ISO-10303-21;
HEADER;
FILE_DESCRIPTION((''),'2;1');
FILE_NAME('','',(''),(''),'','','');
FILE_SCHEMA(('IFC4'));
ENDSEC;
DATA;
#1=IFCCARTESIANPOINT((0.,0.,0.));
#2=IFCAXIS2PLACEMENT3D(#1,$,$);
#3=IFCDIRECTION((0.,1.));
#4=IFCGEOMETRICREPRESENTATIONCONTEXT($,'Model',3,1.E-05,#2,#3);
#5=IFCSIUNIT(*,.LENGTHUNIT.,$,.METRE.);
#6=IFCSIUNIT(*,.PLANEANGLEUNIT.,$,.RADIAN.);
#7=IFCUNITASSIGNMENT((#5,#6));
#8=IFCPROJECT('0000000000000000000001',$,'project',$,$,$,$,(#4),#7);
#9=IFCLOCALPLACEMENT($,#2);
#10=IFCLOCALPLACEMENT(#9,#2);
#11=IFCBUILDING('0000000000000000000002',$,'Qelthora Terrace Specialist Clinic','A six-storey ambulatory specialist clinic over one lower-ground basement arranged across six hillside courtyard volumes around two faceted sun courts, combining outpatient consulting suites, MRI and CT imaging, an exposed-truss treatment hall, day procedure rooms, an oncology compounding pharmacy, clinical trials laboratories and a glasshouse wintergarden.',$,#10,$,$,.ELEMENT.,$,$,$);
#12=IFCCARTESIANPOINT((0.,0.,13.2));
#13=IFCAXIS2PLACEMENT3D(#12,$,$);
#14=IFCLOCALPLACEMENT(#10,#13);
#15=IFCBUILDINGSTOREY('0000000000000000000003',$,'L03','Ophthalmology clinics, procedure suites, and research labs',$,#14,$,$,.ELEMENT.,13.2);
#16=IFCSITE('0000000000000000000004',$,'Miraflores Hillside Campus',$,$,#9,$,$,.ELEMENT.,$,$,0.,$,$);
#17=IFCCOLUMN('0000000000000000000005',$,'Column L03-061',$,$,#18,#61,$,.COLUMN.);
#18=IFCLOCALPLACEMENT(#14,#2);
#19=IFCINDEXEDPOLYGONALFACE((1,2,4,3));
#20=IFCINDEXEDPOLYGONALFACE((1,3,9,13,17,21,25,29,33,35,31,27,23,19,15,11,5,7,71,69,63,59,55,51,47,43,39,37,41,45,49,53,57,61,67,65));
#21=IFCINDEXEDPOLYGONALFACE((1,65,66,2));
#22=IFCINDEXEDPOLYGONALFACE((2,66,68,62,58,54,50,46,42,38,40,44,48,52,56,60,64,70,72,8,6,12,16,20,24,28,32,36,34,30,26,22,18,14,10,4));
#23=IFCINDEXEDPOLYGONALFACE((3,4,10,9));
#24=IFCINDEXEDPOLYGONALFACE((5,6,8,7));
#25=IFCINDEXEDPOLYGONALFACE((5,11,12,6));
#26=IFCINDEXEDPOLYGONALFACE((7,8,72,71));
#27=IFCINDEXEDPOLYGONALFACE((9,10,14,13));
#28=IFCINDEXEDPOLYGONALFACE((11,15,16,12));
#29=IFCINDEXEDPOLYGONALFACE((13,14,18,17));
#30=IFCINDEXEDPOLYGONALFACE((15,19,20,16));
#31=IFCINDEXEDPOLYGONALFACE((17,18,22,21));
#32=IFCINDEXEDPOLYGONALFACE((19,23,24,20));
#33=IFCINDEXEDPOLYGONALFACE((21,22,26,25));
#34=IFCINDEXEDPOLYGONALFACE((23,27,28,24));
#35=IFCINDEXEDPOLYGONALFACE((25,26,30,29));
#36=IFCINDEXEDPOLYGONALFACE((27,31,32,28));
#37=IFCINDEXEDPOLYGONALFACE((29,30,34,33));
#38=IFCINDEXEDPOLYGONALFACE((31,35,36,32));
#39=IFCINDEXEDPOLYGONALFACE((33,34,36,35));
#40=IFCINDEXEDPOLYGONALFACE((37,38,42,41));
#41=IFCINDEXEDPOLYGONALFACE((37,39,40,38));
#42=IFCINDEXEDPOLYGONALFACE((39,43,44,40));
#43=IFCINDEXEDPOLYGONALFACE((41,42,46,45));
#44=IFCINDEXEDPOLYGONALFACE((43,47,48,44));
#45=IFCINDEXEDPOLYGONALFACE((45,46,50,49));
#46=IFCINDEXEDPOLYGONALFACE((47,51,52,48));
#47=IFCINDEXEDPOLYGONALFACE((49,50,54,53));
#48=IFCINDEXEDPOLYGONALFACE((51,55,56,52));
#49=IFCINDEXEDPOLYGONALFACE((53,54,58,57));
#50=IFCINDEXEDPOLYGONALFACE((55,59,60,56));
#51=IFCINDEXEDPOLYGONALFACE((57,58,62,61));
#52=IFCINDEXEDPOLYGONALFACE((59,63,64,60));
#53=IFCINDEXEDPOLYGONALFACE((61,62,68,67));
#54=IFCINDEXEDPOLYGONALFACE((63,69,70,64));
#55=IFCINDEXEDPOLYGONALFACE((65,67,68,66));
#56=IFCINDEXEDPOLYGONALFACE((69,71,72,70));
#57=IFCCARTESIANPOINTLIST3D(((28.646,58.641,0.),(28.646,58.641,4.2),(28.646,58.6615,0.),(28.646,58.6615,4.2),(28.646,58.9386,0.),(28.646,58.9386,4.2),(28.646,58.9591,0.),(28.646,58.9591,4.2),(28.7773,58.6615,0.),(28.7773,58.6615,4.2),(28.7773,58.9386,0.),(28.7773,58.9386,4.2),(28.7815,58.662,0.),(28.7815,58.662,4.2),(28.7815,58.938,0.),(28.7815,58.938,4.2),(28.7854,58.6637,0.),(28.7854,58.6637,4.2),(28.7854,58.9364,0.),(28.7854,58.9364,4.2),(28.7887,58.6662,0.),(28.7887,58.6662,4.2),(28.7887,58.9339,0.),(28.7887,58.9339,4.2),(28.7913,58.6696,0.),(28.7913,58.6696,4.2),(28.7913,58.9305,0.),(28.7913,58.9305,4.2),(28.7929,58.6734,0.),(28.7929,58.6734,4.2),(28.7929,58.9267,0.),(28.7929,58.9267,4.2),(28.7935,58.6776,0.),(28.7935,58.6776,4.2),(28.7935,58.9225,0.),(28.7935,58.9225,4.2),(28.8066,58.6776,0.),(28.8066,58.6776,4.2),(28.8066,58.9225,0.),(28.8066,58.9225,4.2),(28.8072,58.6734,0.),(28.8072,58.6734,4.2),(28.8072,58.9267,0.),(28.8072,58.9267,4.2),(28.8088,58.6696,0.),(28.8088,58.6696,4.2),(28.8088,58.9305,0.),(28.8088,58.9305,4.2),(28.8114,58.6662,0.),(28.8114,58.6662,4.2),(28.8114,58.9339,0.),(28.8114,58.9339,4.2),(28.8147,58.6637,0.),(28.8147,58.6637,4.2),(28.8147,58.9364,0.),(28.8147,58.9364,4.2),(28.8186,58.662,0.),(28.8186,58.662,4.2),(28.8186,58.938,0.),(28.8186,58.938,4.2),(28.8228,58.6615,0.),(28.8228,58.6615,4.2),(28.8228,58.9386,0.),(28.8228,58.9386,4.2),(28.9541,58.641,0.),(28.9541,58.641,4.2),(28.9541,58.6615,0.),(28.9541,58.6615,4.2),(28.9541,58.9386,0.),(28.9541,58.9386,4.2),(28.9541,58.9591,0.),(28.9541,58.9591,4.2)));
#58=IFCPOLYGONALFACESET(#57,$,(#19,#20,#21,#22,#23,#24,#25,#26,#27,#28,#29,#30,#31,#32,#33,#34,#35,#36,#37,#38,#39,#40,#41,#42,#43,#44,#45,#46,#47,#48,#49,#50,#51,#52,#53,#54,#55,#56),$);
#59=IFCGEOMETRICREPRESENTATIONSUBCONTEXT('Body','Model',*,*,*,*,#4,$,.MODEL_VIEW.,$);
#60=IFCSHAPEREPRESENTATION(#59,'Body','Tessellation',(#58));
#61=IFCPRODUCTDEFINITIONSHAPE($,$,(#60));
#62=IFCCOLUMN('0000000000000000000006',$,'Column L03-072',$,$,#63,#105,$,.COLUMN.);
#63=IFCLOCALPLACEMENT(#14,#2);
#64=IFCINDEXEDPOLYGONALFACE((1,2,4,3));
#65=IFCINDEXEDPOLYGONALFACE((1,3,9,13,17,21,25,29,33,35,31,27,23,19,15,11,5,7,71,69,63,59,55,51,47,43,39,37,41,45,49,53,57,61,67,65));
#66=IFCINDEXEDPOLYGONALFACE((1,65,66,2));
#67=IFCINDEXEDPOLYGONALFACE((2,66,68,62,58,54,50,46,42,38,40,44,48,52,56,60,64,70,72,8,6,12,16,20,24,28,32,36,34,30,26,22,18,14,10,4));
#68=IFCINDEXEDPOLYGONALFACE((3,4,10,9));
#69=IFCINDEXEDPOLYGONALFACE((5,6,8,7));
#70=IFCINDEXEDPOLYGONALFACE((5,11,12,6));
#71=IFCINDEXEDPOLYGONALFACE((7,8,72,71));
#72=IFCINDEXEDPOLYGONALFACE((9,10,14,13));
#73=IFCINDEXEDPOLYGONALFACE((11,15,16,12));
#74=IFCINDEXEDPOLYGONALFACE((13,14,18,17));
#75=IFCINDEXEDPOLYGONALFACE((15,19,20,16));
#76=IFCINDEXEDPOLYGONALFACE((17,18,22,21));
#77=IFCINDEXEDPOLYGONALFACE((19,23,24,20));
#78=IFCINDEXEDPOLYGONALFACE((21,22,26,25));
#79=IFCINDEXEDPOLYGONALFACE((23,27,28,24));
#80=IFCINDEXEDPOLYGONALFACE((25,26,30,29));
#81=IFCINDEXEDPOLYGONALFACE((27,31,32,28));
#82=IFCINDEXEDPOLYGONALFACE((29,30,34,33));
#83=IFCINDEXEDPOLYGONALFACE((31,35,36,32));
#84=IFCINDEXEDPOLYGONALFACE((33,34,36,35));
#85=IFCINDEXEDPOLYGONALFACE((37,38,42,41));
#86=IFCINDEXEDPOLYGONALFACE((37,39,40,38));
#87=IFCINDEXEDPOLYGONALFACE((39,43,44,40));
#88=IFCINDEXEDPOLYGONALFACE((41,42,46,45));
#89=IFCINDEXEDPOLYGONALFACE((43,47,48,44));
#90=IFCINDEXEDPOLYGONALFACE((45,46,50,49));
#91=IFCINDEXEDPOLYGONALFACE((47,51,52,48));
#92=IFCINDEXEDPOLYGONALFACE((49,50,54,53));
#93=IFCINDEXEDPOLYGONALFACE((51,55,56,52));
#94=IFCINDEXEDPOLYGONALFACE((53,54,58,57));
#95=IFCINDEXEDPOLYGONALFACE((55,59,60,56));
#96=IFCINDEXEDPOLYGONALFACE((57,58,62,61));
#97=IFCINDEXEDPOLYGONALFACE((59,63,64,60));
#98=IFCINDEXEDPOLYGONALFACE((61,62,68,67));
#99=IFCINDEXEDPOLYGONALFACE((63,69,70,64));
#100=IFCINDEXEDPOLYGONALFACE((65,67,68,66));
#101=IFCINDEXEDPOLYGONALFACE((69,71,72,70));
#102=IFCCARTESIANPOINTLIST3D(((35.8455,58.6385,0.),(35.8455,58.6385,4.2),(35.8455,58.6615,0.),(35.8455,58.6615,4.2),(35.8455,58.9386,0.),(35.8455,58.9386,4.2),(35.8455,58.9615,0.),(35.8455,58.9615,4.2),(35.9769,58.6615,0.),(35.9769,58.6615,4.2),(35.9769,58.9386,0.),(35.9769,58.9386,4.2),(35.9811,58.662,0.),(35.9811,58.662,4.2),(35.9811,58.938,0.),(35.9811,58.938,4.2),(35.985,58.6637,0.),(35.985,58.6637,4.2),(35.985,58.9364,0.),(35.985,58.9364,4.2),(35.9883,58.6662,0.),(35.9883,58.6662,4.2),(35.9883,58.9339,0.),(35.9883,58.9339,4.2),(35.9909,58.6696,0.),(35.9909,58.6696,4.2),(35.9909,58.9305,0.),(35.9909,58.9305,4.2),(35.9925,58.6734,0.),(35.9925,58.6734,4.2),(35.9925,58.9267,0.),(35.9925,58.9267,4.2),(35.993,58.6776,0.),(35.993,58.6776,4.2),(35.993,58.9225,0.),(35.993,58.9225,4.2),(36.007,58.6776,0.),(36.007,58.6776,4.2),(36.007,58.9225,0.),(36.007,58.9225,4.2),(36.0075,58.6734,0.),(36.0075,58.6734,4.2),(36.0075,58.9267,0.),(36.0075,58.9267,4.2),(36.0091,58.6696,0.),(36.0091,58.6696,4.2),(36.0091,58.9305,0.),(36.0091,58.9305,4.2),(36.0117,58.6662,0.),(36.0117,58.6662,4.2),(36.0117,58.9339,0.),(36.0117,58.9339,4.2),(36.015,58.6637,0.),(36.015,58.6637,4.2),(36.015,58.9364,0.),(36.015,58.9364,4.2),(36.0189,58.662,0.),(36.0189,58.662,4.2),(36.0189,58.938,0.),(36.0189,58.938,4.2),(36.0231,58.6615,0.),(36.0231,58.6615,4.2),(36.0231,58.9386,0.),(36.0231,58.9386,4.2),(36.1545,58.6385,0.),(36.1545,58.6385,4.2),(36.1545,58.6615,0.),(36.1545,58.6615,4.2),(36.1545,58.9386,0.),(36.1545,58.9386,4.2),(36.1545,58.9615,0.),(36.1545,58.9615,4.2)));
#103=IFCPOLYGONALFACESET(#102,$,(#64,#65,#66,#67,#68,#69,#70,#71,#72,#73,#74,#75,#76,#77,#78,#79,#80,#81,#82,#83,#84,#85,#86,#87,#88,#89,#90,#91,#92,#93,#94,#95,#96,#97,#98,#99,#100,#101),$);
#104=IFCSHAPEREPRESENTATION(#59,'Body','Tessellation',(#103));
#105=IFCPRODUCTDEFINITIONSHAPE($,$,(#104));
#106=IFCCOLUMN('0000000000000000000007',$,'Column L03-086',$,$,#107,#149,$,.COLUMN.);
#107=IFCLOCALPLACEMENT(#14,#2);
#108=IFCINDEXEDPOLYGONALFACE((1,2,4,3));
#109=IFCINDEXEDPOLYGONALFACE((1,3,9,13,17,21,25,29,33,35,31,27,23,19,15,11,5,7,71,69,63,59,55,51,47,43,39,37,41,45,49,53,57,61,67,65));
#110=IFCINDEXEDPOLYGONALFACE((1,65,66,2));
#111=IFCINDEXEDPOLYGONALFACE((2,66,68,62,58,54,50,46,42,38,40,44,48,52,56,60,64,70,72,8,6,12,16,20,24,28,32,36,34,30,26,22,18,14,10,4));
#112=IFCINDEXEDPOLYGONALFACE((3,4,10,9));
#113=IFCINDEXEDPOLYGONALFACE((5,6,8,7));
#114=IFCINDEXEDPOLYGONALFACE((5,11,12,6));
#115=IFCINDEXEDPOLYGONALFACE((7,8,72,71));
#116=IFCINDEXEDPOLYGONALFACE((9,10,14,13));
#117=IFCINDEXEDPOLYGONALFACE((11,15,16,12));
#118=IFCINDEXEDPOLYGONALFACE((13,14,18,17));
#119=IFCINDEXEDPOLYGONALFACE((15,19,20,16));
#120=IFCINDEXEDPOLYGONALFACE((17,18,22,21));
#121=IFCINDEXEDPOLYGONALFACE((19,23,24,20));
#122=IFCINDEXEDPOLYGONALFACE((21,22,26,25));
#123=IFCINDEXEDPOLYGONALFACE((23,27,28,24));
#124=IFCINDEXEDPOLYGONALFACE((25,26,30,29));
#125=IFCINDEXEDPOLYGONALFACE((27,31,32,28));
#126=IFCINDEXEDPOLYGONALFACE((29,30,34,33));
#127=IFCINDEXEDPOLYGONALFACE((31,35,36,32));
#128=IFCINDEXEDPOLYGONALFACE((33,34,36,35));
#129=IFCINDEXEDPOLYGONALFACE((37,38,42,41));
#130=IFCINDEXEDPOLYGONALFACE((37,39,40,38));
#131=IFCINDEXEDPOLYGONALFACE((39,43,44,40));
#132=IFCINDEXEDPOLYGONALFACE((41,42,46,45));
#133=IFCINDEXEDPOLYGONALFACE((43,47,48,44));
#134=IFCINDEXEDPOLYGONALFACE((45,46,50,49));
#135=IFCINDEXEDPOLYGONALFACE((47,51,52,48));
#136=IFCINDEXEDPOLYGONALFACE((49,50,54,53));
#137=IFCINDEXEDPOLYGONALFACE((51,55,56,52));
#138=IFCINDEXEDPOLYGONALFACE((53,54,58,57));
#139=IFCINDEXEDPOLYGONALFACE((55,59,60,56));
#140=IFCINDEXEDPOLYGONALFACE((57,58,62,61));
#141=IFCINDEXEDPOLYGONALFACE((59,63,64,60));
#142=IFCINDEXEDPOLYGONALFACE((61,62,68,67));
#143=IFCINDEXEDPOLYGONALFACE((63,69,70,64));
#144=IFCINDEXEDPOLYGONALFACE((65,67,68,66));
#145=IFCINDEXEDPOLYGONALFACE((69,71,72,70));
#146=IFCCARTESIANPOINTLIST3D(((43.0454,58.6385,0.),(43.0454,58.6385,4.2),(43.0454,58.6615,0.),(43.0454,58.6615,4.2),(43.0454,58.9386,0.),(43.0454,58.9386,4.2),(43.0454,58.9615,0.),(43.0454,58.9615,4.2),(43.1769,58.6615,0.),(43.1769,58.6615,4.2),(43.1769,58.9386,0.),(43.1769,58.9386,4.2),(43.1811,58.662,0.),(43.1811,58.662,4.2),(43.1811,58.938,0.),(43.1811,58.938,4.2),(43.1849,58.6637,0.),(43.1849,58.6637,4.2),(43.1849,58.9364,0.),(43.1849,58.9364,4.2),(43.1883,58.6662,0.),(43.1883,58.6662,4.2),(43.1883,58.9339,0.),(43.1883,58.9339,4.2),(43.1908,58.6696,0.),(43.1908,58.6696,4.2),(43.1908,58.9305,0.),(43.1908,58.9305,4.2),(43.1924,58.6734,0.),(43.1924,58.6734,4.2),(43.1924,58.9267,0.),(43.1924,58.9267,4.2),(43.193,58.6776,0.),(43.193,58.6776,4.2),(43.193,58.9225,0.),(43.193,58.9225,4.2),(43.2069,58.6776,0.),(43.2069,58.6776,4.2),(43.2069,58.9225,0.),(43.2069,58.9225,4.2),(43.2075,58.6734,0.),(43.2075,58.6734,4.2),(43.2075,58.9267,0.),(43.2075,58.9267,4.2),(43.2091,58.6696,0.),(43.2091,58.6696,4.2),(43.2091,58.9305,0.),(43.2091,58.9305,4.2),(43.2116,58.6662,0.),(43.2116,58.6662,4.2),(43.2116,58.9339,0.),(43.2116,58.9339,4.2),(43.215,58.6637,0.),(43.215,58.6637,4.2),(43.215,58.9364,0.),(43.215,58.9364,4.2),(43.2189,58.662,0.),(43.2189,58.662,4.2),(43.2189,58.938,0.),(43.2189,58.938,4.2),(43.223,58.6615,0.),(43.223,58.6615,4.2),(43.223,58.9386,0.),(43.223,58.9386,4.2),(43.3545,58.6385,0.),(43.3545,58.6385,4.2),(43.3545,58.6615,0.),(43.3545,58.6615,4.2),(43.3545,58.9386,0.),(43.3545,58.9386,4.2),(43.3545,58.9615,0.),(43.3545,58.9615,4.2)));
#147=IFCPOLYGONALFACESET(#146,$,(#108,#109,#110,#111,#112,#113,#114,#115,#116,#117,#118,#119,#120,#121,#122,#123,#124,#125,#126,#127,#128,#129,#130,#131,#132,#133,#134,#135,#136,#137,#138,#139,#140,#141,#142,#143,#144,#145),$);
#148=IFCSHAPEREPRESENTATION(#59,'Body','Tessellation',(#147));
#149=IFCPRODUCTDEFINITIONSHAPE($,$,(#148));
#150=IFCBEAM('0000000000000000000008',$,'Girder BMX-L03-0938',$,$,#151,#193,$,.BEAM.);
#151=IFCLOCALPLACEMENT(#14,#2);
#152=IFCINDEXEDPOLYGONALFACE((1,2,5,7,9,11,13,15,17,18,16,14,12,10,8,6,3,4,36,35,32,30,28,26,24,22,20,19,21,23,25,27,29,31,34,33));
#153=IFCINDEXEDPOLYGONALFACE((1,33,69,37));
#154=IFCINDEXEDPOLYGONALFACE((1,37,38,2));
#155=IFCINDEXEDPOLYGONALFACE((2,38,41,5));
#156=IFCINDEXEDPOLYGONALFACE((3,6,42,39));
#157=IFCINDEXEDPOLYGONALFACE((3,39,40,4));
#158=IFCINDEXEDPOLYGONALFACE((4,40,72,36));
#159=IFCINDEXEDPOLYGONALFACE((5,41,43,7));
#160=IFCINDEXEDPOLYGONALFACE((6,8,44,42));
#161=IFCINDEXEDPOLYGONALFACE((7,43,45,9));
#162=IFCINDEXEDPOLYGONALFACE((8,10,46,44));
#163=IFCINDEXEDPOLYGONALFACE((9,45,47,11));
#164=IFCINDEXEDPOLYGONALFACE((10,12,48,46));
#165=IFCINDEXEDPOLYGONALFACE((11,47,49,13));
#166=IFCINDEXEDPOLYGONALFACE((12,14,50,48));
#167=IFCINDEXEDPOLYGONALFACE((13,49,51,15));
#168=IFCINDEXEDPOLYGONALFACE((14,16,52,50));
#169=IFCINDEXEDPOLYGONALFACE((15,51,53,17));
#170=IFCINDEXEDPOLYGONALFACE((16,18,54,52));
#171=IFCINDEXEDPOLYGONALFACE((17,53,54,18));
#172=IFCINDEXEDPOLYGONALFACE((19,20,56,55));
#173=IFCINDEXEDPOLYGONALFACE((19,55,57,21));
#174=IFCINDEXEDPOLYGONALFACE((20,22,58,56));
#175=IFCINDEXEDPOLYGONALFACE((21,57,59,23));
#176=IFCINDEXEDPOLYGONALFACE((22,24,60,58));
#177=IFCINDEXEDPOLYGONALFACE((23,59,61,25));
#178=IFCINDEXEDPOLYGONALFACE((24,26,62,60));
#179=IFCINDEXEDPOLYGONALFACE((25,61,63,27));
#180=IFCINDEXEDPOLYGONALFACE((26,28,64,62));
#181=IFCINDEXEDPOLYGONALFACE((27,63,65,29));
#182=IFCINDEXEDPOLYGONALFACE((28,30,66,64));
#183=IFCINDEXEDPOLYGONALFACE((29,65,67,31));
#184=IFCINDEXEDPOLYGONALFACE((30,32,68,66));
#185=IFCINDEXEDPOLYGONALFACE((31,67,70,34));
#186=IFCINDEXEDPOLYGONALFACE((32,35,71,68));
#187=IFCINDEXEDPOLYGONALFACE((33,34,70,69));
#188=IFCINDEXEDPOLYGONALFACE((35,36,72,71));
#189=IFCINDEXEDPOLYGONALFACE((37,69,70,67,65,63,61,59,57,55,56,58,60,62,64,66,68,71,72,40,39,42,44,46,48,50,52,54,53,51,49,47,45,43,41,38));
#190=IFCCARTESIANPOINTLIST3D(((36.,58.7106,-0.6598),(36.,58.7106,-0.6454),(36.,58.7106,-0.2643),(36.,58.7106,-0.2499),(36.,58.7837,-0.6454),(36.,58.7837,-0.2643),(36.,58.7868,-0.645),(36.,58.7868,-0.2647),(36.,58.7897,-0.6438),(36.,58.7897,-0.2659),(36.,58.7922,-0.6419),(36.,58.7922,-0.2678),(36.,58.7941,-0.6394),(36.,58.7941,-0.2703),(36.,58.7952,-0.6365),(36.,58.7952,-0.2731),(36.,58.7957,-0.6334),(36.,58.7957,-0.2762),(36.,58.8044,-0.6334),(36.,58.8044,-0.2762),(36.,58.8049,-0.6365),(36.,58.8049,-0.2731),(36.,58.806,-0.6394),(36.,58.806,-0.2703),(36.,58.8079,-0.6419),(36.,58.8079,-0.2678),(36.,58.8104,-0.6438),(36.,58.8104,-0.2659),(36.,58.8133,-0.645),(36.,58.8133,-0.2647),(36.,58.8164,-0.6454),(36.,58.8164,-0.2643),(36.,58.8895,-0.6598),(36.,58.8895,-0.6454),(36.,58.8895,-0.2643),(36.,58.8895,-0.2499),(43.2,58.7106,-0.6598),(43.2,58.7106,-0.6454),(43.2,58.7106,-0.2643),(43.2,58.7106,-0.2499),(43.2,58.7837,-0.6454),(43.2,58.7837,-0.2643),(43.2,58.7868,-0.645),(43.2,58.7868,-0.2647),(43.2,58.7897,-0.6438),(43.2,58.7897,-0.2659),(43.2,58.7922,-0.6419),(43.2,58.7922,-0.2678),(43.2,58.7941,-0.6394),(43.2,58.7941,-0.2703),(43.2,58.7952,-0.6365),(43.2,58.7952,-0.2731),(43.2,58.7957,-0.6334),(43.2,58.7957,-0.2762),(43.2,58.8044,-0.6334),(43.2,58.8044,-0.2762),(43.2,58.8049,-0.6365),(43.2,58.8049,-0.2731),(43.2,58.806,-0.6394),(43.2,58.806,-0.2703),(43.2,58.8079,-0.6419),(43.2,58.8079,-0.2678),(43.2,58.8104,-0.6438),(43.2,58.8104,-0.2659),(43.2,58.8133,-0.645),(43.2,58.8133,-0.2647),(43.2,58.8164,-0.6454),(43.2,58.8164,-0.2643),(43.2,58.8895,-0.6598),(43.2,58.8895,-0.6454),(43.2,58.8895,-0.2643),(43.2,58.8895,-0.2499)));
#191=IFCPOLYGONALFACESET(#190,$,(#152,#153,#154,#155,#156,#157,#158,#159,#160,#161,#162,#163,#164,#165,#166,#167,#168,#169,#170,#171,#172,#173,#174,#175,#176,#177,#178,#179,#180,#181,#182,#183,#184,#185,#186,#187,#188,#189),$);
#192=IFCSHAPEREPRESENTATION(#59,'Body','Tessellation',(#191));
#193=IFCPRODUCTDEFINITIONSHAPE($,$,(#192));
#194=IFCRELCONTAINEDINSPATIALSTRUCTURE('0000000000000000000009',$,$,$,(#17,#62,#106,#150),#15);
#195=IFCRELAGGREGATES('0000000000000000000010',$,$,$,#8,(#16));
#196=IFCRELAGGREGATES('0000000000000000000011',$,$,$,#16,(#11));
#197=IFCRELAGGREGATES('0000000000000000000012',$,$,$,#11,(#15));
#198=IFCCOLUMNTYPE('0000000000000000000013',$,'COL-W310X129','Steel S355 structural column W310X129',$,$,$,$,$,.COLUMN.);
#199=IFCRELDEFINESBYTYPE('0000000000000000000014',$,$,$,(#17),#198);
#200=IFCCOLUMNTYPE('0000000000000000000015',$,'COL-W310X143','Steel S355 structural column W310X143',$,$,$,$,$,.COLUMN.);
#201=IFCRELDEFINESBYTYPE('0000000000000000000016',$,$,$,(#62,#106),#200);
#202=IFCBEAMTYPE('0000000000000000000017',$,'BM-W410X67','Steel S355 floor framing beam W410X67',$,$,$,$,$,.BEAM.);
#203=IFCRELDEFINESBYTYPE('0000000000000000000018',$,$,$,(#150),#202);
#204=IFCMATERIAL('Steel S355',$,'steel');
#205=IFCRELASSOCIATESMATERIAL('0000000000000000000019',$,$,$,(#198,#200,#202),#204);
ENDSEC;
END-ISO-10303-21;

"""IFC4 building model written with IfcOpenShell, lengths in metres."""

from ifc_helpers import new_model, si_unit, direction, frame, origin, origin_2d, place, context, subcontext, project, spatial, i_section, extrude, material, material_profile, profile_set, type_object, element, save


model = new_model("IFC4")

# Units and contexts
model_context = context("Model", 3, precision=1e-05, world=origin(), true_north=direction((0.0, 1.0)))
body_context = subcontext(model_context, "Body", "Model", "MODEL_VIEW")
ifc_project = project(units=[si_unit("LENGTHUNIT", "METRE"), si_unit("PLANEANGLEUNIT", "RADIAN")], contexts=[model_context])

# Site, building, storey
site_placement = place(None, origin())
site = spatial("IfcSite", under=ifc_project, at=site_placement, Name="Miraflores Hillside Campus", CompositionType="ELEMENT", RefElevation=0.0)
building_placement = place(site_placement, origin())
building = spatial("IfcBuilding", under=site, at=building_placement, Name="Qelthora Terrace Specialist Clinic", Description="A six-storey ambulatory specialist clinic over one lower-ground basement arranged across six hillside courtyard volumes around two faceted sun courts, combining outpatient consulting suites, MRI and CT imaging, an exposed-truss treatment hall, day procedure rooms, an oncology compounding pharmacy, clinical trials laboratories and a glasshouse wintergarden.", CompositionType="ELEMENT")
storey_placement = place(building_placement, frame((0.0, 0.0, 13.2)))
storey = spatial("IfcBuildingStorey", under=building, at=storey_placement, Name="L03", Description="Ophthalmology clinics, procedure suites, and research labs", CompositionType="ELEMENT", Elevation=13.2)

# Columns
ifc_material_1 = material(Name="Steel S355", Category="steel")
ifc_material_profile_1 = material_profile(ifc_material_1, i_section(OverallWidth=0.3081, OverallDepth=0.3181, WebThickness=0.0132, FlangeThickness=0.0205, FilletRadius=0.0161, at=origin_2d()), Name="W310X129")
ifc_profile_set_1 = profile_set([ifc_material_profile_1], Name="Steel S355")
column_type_1 = type_object("IfcColumnType", Name="COL-W310X129", Description="Steel S355 structural column W310X129", PredefinedType="COLUMN", material=ifc_profile_set_1)
column_placement = place(storey_placement, frame((28.8, 58.8, 0.0), z_axis=(0.0, 0.0, 1.0), x_axis=(1.0, 0.0, 0.0)))
element("IfcColumn", 1, at=column_placement, inside=storey, type_object=column_type_1, Name="Column L03-061", PredefinedType="COLUMN", context=body_context, shape_type="SweptSolid", body=[
    extrude(i_section(OverallWidth=0.3081, OverallDepth=0.3181, WebThickness=0.0132, FlangeThickness=0.0205, FilletRadius=0.0161, at=origin_2d()), origin(), (0.0, 0.0, 1.0), 4.2),
])
ifc_material_profile_2 = material_profile(ifc_material_1, i_section(OverallWidth=0.3091, OverallDepth=0.323, WebThickness=0.0139, FlangeThickness=0.0229, FilletRadius=0.0161, at=origin_2d()), Name="W310X143")
ifc_profile_set_2 = profile_set([ifc_material_profile_2], Name="Steel S355")
column_type_2 = type_object("IfcColumnType", Name="COL-W310X143", Description="Steel S355 structural column W310X143", PredefinedType="COLUMN", material=ifc_profile_set_2)
for number, where, z_axis, x_axis, name in (
    (2, (36.0, 58.8, 0.0), (0.0, 0.0, 1.0), (1.0, 0.0, 0.0), "Column L03-072"),
    (3, (43.2, 58.8, 0.0), (0.0, 0.0, 1.0), (1.0, 0.0, 0.0), "Column L03-086"),
):
    element("IfcColumn", number, at=place(storey_placement, frame(where, z_axis=z_axis, x_axis=x_axis)), inside=storey, type_object=column_type_2, Name=name, PredefinedType="COLUMN", context=body_context, shape_type="SweptSolid", body=[
        extrude(i_section(OverallWidth=0.3091, OverallDepth=0.323, WebThickness=0.0139, FlangeThickness=0.0229, FilletRadius=0.0161, at=origin_2d()), origin(), (0.0, 0.0, 1.0), 4.2),
    ])

# Beam
ifc_material_profile_3 = material_profile(ifc_material_1, i_section(OverallWidth=0.179, OverallDepth=0.4099, WebThickness=0.0088, FlangeThickness=0.0144, FilletRadius=0.012, at=origin_2d()), Name="W410X67")
ifc_profile_set_3 = profile_set([ifc_material_profile_3], Name="Steel S355")
beam_type_1 = type_object("IfcBeamType", Name="BM-W410X67", Description="Steel S355 floor framing beam W410X67", PredefinedType="BEAM", material=ifc_profile_set_3)
beam_1_placement = place(storey_placement, frame((36.0, 58.8, -0.4548), z_axis=(1.0, 0.0, 0.0), x_axis=(0.0, 1.0, 0.0)))
element("IfcBeam", 4, at=beam_1_placement, inside=storey, type_object=beam_type_1, Name="Girder BMX-L03-0938", PredefinedType="BEAM", context=body_context, shape_type="SweptSolid", body=[
    extrude(i_section(OverallWidth=0.179, OverallDepth=0.4099, WebThickness=0.0088, FlangeThickness=0.0144, FilletRadius=0.012, at=origin_2d()), origin(), (0.0, 0.0, 1.0), 7.2),
])

save(model, "model.ifc")
